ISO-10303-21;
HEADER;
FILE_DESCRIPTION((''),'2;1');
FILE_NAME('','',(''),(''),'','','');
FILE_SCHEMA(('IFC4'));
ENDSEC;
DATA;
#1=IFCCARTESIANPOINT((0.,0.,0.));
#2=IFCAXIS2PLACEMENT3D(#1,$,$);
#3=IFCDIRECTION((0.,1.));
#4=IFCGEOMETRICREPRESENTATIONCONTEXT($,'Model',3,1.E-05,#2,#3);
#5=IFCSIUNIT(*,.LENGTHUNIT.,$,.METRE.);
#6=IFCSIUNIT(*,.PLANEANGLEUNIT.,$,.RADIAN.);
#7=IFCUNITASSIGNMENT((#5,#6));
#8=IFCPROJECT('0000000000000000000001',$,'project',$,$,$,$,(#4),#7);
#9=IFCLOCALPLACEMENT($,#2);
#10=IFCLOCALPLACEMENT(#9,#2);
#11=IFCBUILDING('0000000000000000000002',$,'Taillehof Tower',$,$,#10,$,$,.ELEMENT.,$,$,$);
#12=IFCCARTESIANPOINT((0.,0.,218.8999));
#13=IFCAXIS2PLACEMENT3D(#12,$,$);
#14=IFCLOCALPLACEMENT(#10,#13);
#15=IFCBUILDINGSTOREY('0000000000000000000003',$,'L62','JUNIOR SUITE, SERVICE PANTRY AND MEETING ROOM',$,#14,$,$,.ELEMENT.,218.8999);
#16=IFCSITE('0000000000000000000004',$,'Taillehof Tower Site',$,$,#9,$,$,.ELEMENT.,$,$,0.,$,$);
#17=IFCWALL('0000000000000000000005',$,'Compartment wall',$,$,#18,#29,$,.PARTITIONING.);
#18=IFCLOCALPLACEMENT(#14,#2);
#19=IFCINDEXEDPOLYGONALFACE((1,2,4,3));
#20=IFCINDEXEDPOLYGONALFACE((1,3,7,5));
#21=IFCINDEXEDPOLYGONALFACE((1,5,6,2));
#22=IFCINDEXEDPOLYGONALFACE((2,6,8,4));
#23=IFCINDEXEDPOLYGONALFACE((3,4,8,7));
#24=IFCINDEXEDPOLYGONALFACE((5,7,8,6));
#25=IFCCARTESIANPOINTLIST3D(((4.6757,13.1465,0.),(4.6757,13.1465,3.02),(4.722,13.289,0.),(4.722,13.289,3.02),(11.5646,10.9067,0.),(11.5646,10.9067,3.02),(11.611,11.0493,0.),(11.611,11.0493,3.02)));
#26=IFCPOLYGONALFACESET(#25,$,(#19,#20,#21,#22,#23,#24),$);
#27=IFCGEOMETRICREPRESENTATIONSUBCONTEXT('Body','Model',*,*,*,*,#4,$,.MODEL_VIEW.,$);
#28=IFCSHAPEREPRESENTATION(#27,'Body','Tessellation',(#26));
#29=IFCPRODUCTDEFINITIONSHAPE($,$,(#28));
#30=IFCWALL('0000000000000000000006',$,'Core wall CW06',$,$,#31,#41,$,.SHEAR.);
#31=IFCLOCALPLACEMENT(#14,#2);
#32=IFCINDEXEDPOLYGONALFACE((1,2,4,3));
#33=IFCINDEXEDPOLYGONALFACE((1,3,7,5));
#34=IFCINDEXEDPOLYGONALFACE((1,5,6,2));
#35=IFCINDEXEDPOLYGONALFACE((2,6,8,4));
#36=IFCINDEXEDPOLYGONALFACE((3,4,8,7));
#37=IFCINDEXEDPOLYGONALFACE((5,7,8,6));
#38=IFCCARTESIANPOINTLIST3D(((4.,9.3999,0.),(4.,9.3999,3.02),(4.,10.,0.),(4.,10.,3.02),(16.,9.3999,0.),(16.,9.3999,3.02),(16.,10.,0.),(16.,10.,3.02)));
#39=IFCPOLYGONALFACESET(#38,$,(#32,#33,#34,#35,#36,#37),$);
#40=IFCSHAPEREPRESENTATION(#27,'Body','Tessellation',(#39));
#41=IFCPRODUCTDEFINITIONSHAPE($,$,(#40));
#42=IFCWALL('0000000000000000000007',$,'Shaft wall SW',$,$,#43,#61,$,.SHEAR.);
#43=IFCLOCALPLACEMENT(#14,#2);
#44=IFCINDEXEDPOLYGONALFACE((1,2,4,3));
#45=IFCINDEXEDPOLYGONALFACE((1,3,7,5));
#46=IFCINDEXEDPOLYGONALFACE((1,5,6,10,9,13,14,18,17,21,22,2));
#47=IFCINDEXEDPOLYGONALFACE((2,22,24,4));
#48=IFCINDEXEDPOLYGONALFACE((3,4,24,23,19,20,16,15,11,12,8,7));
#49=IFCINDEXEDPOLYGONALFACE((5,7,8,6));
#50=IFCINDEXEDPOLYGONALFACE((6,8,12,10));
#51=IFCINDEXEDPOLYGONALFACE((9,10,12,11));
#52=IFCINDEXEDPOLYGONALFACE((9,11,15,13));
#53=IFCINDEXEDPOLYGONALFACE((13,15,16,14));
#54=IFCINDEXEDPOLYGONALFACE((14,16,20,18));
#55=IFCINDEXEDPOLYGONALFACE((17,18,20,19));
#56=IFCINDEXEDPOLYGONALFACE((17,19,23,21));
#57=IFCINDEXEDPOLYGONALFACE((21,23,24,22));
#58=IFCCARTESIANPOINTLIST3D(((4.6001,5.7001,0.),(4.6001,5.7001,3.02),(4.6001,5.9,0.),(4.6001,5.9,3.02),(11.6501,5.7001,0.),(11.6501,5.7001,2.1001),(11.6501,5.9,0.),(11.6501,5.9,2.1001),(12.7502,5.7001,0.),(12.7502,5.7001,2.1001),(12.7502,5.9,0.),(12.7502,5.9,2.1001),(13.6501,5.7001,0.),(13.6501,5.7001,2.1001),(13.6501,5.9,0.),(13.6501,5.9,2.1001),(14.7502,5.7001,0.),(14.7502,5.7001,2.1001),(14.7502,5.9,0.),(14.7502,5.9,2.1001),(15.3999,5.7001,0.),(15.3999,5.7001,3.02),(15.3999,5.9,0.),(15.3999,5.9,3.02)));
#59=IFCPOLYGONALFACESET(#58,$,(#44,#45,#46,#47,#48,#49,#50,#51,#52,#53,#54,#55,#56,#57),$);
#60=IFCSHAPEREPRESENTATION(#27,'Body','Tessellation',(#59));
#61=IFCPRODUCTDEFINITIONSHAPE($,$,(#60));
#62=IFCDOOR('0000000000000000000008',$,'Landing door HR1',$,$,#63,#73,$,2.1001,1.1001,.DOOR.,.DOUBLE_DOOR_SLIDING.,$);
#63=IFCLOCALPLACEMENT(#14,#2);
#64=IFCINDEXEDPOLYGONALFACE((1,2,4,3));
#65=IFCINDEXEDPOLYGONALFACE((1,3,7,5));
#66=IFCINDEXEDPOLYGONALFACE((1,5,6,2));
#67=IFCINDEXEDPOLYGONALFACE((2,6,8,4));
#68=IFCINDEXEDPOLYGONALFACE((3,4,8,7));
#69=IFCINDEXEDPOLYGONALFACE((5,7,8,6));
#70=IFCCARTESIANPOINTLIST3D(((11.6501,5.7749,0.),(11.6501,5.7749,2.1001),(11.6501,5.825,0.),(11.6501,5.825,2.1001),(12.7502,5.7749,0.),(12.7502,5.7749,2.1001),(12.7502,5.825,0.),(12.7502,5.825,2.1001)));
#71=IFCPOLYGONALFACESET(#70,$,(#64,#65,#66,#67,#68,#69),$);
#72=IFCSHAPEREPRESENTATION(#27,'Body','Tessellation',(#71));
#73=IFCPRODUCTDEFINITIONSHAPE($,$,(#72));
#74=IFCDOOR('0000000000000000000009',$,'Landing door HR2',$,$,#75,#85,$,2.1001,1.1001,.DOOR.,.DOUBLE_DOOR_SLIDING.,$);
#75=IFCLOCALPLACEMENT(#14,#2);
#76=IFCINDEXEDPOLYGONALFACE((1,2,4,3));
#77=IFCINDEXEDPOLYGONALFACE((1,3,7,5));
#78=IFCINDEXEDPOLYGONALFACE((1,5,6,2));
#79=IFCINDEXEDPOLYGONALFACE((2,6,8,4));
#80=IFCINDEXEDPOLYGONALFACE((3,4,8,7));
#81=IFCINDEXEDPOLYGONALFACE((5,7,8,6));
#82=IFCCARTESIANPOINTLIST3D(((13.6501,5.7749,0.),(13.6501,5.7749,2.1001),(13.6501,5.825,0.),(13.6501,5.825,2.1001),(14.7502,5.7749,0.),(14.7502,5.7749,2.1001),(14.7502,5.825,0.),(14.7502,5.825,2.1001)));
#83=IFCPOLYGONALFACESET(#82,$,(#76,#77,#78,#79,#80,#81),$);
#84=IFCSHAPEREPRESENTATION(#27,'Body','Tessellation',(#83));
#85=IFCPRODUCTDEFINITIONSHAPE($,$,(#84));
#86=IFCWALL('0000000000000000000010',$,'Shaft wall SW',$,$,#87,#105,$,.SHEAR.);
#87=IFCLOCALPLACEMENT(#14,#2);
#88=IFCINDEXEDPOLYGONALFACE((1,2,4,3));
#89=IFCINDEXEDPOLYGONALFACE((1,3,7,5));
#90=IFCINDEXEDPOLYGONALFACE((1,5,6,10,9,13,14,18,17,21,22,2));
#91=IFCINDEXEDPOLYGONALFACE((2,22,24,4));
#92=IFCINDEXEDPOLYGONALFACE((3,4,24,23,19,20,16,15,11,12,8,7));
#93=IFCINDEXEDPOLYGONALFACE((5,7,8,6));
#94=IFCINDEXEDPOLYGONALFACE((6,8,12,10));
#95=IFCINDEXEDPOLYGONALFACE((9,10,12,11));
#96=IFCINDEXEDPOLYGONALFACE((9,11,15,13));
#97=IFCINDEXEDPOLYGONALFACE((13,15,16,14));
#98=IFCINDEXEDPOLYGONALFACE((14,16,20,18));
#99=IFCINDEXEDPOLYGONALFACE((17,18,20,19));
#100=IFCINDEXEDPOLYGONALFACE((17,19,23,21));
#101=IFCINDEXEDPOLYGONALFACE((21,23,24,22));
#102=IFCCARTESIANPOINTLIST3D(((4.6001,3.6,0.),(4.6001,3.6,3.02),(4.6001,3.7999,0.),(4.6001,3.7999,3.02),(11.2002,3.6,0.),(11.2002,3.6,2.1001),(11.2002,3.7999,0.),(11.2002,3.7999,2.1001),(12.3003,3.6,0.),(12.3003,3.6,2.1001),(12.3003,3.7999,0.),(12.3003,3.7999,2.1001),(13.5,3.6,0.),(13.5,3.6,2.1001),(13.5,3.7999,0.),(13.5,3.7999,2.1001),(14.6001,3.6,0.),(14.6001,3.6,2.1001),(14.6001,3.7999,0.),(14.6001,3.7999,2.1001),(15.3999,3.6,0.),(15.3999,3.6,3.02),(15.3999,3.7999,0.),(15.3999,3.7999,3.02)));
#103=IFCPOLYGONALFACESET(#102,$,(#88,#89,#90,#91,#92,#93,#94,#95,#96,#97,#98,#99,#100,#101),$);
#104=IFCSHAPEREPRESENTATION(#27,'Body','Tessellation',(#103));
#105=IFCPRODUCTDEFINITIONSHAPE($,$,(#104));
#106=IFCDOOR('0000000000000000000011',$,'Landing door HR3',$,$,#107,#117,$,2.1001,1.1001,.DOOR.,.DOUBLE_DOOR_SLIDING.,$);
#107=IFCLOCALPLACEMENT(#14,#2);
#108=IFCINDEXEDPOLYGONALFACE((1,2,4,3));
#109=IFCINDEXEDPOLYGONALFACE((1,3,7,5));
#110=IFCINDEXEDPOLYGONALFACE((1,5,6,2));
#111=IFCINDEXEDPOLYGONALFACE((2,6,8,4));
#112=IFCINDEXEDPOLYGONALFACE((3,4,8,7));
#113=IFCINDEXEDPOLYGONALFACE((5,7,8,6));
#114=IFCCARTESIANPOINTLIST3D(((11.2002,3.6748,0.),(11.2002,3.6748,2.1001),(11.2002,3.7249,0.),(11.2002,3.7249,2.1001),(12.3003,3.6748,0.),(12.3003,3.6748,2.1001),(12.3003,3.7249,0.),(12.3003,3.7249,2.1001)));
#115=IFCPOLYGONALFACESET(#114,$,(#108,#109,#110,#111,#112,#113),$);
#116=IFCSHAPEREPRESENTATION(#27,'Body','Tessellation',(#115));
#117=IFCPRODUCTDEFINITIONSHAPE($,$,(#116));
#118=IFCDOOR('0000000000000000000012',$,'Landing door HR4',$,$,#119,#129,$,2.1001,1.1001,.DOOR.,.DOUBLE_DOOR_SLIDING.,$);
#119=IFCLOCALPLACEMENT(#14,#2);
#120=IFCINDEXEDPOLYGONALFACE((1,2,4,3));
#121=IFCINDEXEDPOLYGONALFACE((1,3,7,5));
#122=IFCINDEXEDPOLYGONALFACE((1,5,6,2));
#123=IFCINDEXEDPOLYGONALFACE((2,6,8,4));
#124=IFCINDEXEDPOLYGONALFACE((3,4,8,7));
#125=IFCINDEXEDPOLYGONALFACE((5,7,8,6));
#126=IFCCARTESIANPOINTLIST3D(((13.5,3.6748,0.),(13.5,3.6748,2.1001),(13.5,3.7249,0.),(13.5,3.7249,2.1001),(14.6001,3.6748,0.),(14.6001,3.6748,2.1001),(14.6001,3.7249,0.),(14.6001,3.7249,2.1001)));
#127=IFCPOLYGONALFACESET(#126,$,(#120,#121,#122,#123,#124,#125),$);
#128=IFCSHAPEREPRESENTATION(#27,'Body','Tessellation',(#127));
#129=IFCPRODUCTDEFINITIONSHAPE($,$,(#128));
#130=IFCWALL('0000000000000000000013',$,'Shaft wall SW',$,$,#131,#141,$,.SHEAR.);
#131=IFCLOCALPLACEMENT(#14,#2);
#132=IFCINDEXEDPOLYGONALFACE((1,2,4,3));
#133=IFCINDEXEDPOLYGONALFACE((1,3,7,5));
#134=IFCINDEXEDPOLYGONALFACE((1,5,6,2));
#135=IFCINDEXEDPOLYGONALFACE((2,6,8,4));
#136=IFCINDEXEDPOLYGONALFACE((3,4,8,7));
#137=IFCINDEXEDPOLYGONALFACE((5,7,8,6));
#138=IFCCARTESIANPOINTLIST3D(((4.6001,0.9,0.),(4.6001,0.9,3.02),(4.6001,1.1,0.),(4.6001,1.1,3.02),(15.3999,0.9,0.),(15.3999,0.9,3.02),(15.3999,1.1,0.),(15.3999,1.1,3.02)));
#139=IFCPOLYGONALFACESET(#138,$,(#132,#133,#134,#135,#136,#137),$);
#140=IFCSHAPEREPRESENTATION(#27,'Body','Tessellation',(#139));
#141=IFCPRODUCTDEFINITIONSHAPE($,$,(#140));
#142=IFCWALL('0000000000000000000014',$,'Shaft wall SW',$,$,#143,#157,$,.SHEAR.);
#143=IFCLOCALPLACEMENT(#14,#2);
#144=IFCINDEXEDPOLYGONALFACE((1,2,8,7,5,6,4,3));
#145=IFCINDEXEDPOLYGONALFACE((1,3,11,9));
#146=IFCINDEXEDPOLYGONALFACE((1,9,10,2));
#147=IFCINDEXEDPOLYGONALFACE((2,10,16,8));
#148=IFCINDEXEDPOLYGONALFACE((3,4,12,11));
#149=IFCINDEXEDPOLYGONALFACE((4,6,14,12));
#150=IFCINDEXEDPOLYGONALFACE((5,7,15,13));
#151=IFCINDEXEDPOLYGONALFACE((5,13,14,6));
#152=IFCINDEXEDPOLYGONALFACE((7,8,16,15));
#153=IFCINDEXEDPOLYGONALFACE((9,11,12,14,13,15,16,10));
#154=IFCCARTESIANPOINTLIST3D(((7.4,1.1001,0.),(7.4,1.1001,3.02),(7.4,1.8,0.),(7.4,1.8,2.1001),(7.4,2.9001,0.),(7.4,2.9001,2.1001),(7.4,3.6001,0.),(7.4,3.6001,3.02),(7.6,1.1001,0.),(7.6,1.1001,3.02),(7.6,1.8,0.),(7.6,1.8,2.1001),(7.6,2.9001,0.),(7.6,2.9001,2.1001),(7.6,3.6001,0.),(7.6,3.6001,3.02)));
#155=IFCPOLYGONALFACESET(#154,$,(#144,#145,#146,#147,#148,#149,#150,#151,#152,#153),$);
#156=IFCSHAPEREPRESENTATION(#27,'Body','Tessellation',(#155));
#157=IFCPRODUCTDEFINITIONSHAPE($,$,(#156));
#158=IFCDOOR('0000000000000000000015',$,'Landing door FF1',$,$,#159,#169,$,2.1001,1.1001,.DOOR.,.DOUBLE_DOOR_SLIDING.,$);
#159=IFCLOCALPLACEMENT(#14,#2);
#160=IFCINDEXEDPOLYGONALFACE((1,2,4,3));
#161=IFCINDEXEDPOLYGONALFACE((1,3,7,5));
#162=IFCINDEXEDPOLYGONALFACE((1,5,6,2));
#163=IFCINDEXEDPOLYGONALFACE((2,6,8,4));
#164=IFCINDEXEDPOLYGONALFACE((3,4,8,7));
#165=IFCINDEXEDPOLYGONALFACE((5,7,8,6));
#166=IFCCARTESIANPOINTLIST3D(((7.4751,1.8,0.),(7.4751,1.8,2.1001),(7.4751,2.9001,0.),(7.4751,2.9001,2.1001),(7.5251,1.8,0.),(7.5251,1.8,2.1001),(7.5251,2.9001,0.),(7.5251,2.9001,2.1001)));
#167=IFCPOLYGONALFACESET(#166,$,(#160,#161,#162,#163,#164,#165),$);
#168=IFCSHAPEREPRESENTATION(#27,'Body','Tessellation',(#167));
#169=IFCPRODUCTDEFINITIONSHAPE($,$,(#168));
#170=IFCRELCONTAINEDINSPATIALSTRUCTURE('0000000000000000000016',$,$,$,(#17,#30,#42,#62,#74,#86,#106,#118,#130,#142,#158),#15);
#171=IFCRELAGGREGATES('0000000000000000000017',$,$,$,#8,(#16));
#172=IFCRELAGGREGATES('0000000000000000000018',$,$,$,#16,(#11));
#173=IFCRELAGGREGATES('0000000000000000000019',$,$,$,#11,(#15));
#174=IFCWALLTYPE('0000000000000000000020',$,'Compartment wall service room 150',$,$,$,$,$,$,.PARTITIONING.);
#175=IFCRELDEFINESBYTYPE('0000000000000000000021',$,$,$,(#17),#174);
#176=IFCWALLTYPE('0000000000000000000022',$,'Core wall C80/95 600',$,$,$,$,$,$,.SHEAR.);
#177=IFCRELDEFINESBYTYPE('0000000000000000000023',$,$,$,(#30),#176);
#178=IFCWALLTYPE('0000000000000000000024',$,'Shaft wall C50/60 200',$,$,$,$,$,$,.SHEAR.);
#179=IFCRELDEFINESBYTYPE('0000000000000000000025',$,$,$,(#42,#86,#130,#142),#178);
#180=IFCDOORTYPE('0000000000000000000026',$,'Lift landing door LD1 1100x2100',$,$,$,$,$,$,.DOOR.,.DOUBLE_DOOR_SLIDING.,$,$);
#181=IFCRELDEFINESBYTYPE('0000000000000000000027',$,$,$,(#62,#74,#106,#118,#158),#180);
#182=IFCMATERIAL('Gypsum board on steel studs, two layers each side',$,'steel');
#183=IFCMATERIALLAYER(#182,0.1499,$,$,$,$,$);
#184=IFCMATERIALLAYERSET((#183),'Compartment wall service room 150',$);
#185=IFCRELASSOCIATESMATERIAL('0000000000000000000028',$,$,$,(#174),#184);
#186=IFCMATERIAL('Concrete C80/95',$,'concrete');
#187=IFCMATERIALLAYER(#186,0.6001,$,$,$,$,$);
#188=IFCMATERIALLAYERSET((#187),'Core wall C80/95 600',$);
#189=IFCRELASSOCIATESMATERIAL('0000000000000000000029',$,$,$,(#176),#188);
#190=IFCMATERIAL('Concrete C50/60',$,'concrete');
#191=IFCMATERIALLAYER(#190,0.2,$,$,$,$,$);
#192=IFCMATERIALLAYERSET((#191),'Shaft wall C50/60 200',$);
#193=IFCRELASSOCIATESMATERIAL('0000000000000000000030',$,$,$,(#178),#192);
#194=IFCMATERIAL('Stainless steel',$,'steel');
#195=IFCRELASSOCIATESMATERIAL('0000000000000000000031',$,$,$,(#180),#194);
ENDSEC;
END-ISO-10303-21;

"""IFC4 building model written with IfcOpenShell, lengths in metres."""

from ifc_helpers import new_model, si_unit, direction, frame, frame_2d, origin, place, context, subcontext, project, spatial, rectangle, extrude, material, layer, layer_set, type_object, element, fill, save


model = new_model("IFC4")

# Units and contexts
model_context = context("Model", 3, precision=1e-05, world=origin(), true_north=direction((0.0, 1.0)))
body_context = subcontext(model_context, "Body", "Model", "MODEL_VIEW")
ifc_project = project(units=[si_unit("LENGTHUNIT", "METRE"), si_unit("PLANEANGLEUNIT", "RADIAN")], contexts=[model_context])

# Site, building, storey
site_placement = place(None, origin())
site = spatial("IfcSite", under=ifc_project, at=site_placement, Name="Taillehof Tower Site", CompositionType="ELEMENT", RefElevation=0.0)
building_placement = place(site_placement, origin())
building = spatial("IfcBuilding", under=site, at=building_placement, Name="Taillehof Tower", CompositionType="ELEMENT")
storey_placement = place(building_placement, frame((0.0, 0.0, 218.8999)))
storey = spatial("IfcBuildingStorey", under=building, at=storey_placement, Name="L62", Description="JUNIOR SUITE, SERVICE PANTRY AND MEETING ROOM", CompositionType="ELEMENT", Elevation=218.8999)

# Shared definitions
ifc_material_1 = material(Name="Gypsum board on steel studs, two layers each side", Category="steel")
ifc_layer_1 = layer(ifc_material_1, 0.1499)
ifc_layer_set_1 = layer_set([ifc_layer_1], Name="Compartment wall service room 150")
wall_type_1 = type_object("IfcWallType", Name="Compartment wall service room 150", PredefinedType="PARTITIONING", material=ifc_layer_set_1)

# Walls
wall_1_placement = place(storey_placement, frame((4.6987, 13.2178, 0.0), z_axis=(0.0, 0.0, 1.0), x_axis=(0.951, -0.309192, 0.0)))
element("IfcWall", 1, at=wall_1_placement, inside=storey, type_object=wall_type_1, Name="Compartment wall", PredefinedType="PARTITIONING", context=body_context, shape_type="SweptSolid", body=[
    extrude(rectangle(XDim=7.2439, YDim=0.1499, at=frame_2d((3.6221, 0.0))), origin(), (0.0, 0.0, 1.0), 3.02),
])
ifc_material_2 = material(Name="Concrete C80/95", Category="concrete")
ifc_layer_2 = layer(ifc_material_2, 0.6001)
ifc_layer_set_2 = layer_set([ifc_layer_2], Name="Core wall C80/95 600")
wall_type_2 = type_object("IfcWallType", Name="Core wall C80/95 600", PredefinedType="SHEAR", material=ifc_layer_set_2)
wall_2_placement = place(storey_placement, frame((4.0, 9.7, 0.0), z_axis=(0.0, 0.0, 1.0), x_axis=(1.0, 0.0, 0.0)))
element("IfcWall", 2, at=wall_2_placement, inside=storey, type_object=wall_type_2, Name="Core wall CW06", PredefinedType="SHEAR", context=body_context, shape_type="SweptSolid", body=[
    extrude(rectangle(XDim=12.0, YDim=0.6001, at=frame_2d((6.0, 0.0))), origin(), (0.0, 0.0, 1.0), 3.02),
])

# Walls, openings, doors
ifc_material_3 = material(Name="Concrete C50/60", Category="concrete")
ifc_layer_3 = layer(ifc_material_3, 0.2)
ifc_layer_set_3 = layer_set([ifc_layer_3], Name="Shaft wall C50/60 200")
wall_type_3 = type_object("IfcWallType", Name="Shaft wall C50/60 200", PredefinedType="SHEAR", material=ifc_layer_set_3)
wall_3_placement = place(storey_placement, frame((4.6001, 5.8, 0.0), z_axis=(0.0, 0.0, 1.0), x_axis=(1.0, 0.0, 0.0)))
wall_3 = element("IfcWall", 3, at=wall_3_placement, inside=storey, type_object=wall_type_3, Name="Shaft wall SW", PredefinedType="SHEAR", context=body_context, shape_type="SweptSolid", body=[
    extrude(rectangle(XDim=10.7998, YDim=0.2, at=frame_2d((5.3999, 0.0))), origin(), (0.0, 0.0, 1.0), 3.02),
])
opening_1_placement = place(wall_3_placement, frame((7.05, 0.0, 0.0)))
opening_1 = element("IfcOpeningElement", 4, at=opening_1_placement, cuts=wall_3, PredefinedType="OPENING", context=body_context, shape_type="SweptSolid", body=[
    extrude(rectangle(XDim=1.1001, YDim=2.1001, at=frame_2d((0.55, 1.05))), frame((0.0, 0.1099, 0.0), z_axis=(0.0, -1.0, 0.0), x_axis=(1.0, 0.0, 0.0)), (0.0, 0.0, 1.0), 0.22),
])
opening_2_placement = place(wall_3_placement, frame((9.05, 0.0, 0.0)))
opening_2 = element("IfcOpeningElement", 5, at=opening_2_placement, cuts=wall_3, PredefinedType="OPENING", context=body_context, shape_type="SweptSolid", body=[
    extrude(rectangle(XDim=1.1001, YDim=2.1001, at=frame_2d((0.55, 1.05))), frame((0.0, 0.1099, 0.0), z_axis=(0.0, -1.0, 0.0), x_axis=(1.0, 0.0, 0.0)), (0.0, 0.0, 1.0), 0.22),
])
ifc_material_4 = material(Name="Stainless steel", Category="steel")
door_type_1 = type_object("IfcDoorType", Name="Lift landing door LD1 1100x2100", OperationType="DOUBLE_DOOR_SLIDING", PredefinedType="DOOR", material=ifc_material_4)
door_1_placement = place(opening_1_placement, origin())
door_1 = element("IfcDoor", 6, at=door_1_placement, inside=storey, type_object=door_type_1, Name="Landing door HR1", OperationType="DOUBLE_DOOR_SLIDING", OverallHeight=2.1001, OverallWidth=1.1001, PredefinedType="DOOR", context=body_context, shape_type="SweptSolid", body=[
    extrude(rectangle(XDim=1.1001, YDim=2.1001, at=frame_2d((0.55, 1.05))), frame((0.0, 0.0249, 0.0), z_axis=(0.0, -1.0, 0.0), x_axis=(1.0, 0.0, 0.0)), (0.0, 0.0, 1.0), 0.05),
])
fill(opening_1, door_1)
door_2_placement = place(opening_2_placement, origin())
door_2 = element("IfcDoor", 7, at=door_2_placement, inside=storey, type_object=door_type_1, Name="Landing door HR2", OperationType="DOUBLE_DOOR_SLIDING", OverallHeight=2.1001, OverallWidth=1.1001, PredefinedType="DOOR", context=body_context, shape_type="SweptSolid", body=[
    extrude(rectangle(XDim=1.1001, YDim=2.1001, at=frame_2d((0.55, 1.05))), frame((0.0, 0.0249, 0.0), z_axis=(0.0, -1.0, 0.0), x_axis=(1.0, 0.0, 0.0)), (0.0, 0.0, 1.0), 0.05),
])
fill(opening_2, door_2)
wall_4_placement = place(storey_placement, frame((4.6001, 3.7, 0.0), z_axis=(0.0, 0.0, 1.0), x_axis=(1.0, 0.0, 0.0)))
wall_4 = element("IfcWall", 8, at=wall_4_placement, inside=storey, type_object=wall_type_3, Name="Shaft wall SW", PredefinedType="SHEAR", context=body_context, shape_type="SweptSolid", body=[
    extrude(rectangle(XDim=10.7998, YDim=0.2, at=frame_2d((5.3999, 0.0))), origin(), (0.0, 0.0, 1.0), 3.02),
])
opening_3_placement = place(wall_4_placement, frame((6.6001, 0.0, 0.0)))
opening_3 = element("IfcOpeningElement", 9, at=opening_3_placement, cuts=wall_4, PredefinedType="OPENING", context=body_context, shape_type="SweptSolid", body=[
    extrude(rectangle(XDim=1.1001, YDim=2.1001, at=frame_2d((0.55, 1.05))), frame((0.0, 0.1099, 0.0), z_axis=(0.0, -1.0, 0.0), x_axis=(1.0, 0.0, 0.0)), (0.0, 0.0, 1.0), 0.22),
])
opening_4_placement = place(wall_4_placement, frame((8.8999, 0.0, 0.0)))
opening_4 = element("IfcOpeningElement", 10, at=opening_4_placement, cuts=wall_4, PredefinedType="OPENING", context=body_context, shape_type="SweptSolid", body=[
    extrude(rectangle(XDim=1.1001, YDim=2.1001, at=frame_2d((0.55, 1.05))), frame((0.0, 0.1099, 0.0), z_axis=(0.0, -1.0, 0.0), x_axis=(1.0, 0.0, 0.0)), (0.0, 0.0, 1.0), 0.22),
])
door_3_placement = place(opening_3_placement, origin())
door_3 = element("IfcDoor", 11, at=door_3_placement, inside=storey, type_object=door_type_1, Name="Landing door HR3", OperationType="DOUBLE_DOOR_SLIDING", OverallHeight=2.1001, OverallWidth=1.1001, PredefinedType="DOOR", context=body_context, shape_type="SweptSolid", body=[
    extrude(rectangle(XDim=1.1001, YDim=2.1001, at=frame_2d((0.55, 1.05))), frame((0.0, 0.0249, 0.0), z_axis=(0.0, -1.0, 0.0), x_axis=(1.0, 0.0, 0.0)), (0.0, 0.0, 1.0), 0.05),
])
fill(opening_3, door_3)
door_4_placement = place(opening_4_placement, origin())
door_4 = element("IfcDoor", 12, at=door_4_placement, inside=storey, type_object=door_type_1, Name="Landing door HR4", OperationType="DOUBLE_DOOR_SLIDING", OverallHeight=2.1001, OverallWidth=1.1001, PredefinedType="DOOR", context=body_context, shape_type="SweptSolid", body=[
    extrude(rectangle(XDim=1.1001, YDim=2.1001, at=frame_2d((0.55, 1.05))), frame((0.0, 0.0249, 0.0), z_axis=(0.0, -1.0, 0.0), x_axis=(1.0, 0.0, 0.0)), (0.0, 0.0, 1.0), 0.05),
])
fill(opening_4, door_4)

# Wall
wall_5_placement = place(storey_placement, frame((4.6001, 1.0, 0.0), z_axis=(0.0, 0.0, 1.0), x_axis=(1.0, 0.0, 0.0)))
element("IfcWall", 13, at=wall_5_placement, inside=storey, type_object=wall_type_3, Name="Shaft wall SW", PredefinedType="SHEAR", context=body_context, shape_type="SweptSolid", body=[
    extrude(rectangle(XDim=10.7998, YDim=0.2, at=frame_2d((5.3999, 0.0))), origin(), (0.0, 0.0, 1.0), 3.02),
])

# Wall, opening, door
wall_6_placement = place(storey_placement, frame((7.5, 1.1001, 0.0), z_axis=(0.0, 0.0, 1.0), x_axis=(0.0, 1.0, 0.0)))
wall_6 = element("IfcWall", 14, at=wall_6_placement, inside=storey, type_object=wall_type_3, Name="Shaft wall SW", PredefinedType="SHEAR", context=body_context, shape_type="SweptSolid", body=[
    extrude(rectangle(XDim=2.5, YDim=0.2, at=frame_2d((1.25, 0.0))), origin(), (0.0, 0.0, 1.0), 3.02),
])
opening_5_placement = place(wall_6_placement, frame((0.7, 0.0, 0.0)))
opening_5 = element("IfcOpeningElement", 15, at=opening_5_placement, cuts=wall_6, PredefinedType="OPENING", context=body_context, shape_type="SweptSolid", body=[
    extrude(rectangle(XDim=1.1001, YDim=2.1001, at=frame_2d((0.55, 1.05))), frame((0.0, 0.1099, 0.0), z_axis=(0.0, -1.0, 0.0), x_axis=(1.0, 0.0, 0.0)), (0.0, 0.0, 1.0), 0.22),
])
door_5_placement = place(opening_5_placement, origin())
door_5 = element("IfcDoor", 16, at=door_5_placement, inside=storey, type_object=door_type_1, Name="Landing door FF1", OperationType="DOUBLE_DOOR_SLIDING", OverallHeight=2.1001, OverallWidth=1.1001, PredefinedType="DOOR", context=body_context, shape_type="SweptSolid", body=[
    extrude(rectangle(XDim=1.1001, YDim=2.1001, at=frame_2d((0.55, 1.05))), frame((0.0, 0.0249, 0.0), z_axis=(0.0, -1.0, 0.0), x_axis=(1.0, 0.0, 0.0)), (0.0, 0.0, 1.0), 0.05),
])
fill(opening_5, door_5)

save(model, "model.ifc")
